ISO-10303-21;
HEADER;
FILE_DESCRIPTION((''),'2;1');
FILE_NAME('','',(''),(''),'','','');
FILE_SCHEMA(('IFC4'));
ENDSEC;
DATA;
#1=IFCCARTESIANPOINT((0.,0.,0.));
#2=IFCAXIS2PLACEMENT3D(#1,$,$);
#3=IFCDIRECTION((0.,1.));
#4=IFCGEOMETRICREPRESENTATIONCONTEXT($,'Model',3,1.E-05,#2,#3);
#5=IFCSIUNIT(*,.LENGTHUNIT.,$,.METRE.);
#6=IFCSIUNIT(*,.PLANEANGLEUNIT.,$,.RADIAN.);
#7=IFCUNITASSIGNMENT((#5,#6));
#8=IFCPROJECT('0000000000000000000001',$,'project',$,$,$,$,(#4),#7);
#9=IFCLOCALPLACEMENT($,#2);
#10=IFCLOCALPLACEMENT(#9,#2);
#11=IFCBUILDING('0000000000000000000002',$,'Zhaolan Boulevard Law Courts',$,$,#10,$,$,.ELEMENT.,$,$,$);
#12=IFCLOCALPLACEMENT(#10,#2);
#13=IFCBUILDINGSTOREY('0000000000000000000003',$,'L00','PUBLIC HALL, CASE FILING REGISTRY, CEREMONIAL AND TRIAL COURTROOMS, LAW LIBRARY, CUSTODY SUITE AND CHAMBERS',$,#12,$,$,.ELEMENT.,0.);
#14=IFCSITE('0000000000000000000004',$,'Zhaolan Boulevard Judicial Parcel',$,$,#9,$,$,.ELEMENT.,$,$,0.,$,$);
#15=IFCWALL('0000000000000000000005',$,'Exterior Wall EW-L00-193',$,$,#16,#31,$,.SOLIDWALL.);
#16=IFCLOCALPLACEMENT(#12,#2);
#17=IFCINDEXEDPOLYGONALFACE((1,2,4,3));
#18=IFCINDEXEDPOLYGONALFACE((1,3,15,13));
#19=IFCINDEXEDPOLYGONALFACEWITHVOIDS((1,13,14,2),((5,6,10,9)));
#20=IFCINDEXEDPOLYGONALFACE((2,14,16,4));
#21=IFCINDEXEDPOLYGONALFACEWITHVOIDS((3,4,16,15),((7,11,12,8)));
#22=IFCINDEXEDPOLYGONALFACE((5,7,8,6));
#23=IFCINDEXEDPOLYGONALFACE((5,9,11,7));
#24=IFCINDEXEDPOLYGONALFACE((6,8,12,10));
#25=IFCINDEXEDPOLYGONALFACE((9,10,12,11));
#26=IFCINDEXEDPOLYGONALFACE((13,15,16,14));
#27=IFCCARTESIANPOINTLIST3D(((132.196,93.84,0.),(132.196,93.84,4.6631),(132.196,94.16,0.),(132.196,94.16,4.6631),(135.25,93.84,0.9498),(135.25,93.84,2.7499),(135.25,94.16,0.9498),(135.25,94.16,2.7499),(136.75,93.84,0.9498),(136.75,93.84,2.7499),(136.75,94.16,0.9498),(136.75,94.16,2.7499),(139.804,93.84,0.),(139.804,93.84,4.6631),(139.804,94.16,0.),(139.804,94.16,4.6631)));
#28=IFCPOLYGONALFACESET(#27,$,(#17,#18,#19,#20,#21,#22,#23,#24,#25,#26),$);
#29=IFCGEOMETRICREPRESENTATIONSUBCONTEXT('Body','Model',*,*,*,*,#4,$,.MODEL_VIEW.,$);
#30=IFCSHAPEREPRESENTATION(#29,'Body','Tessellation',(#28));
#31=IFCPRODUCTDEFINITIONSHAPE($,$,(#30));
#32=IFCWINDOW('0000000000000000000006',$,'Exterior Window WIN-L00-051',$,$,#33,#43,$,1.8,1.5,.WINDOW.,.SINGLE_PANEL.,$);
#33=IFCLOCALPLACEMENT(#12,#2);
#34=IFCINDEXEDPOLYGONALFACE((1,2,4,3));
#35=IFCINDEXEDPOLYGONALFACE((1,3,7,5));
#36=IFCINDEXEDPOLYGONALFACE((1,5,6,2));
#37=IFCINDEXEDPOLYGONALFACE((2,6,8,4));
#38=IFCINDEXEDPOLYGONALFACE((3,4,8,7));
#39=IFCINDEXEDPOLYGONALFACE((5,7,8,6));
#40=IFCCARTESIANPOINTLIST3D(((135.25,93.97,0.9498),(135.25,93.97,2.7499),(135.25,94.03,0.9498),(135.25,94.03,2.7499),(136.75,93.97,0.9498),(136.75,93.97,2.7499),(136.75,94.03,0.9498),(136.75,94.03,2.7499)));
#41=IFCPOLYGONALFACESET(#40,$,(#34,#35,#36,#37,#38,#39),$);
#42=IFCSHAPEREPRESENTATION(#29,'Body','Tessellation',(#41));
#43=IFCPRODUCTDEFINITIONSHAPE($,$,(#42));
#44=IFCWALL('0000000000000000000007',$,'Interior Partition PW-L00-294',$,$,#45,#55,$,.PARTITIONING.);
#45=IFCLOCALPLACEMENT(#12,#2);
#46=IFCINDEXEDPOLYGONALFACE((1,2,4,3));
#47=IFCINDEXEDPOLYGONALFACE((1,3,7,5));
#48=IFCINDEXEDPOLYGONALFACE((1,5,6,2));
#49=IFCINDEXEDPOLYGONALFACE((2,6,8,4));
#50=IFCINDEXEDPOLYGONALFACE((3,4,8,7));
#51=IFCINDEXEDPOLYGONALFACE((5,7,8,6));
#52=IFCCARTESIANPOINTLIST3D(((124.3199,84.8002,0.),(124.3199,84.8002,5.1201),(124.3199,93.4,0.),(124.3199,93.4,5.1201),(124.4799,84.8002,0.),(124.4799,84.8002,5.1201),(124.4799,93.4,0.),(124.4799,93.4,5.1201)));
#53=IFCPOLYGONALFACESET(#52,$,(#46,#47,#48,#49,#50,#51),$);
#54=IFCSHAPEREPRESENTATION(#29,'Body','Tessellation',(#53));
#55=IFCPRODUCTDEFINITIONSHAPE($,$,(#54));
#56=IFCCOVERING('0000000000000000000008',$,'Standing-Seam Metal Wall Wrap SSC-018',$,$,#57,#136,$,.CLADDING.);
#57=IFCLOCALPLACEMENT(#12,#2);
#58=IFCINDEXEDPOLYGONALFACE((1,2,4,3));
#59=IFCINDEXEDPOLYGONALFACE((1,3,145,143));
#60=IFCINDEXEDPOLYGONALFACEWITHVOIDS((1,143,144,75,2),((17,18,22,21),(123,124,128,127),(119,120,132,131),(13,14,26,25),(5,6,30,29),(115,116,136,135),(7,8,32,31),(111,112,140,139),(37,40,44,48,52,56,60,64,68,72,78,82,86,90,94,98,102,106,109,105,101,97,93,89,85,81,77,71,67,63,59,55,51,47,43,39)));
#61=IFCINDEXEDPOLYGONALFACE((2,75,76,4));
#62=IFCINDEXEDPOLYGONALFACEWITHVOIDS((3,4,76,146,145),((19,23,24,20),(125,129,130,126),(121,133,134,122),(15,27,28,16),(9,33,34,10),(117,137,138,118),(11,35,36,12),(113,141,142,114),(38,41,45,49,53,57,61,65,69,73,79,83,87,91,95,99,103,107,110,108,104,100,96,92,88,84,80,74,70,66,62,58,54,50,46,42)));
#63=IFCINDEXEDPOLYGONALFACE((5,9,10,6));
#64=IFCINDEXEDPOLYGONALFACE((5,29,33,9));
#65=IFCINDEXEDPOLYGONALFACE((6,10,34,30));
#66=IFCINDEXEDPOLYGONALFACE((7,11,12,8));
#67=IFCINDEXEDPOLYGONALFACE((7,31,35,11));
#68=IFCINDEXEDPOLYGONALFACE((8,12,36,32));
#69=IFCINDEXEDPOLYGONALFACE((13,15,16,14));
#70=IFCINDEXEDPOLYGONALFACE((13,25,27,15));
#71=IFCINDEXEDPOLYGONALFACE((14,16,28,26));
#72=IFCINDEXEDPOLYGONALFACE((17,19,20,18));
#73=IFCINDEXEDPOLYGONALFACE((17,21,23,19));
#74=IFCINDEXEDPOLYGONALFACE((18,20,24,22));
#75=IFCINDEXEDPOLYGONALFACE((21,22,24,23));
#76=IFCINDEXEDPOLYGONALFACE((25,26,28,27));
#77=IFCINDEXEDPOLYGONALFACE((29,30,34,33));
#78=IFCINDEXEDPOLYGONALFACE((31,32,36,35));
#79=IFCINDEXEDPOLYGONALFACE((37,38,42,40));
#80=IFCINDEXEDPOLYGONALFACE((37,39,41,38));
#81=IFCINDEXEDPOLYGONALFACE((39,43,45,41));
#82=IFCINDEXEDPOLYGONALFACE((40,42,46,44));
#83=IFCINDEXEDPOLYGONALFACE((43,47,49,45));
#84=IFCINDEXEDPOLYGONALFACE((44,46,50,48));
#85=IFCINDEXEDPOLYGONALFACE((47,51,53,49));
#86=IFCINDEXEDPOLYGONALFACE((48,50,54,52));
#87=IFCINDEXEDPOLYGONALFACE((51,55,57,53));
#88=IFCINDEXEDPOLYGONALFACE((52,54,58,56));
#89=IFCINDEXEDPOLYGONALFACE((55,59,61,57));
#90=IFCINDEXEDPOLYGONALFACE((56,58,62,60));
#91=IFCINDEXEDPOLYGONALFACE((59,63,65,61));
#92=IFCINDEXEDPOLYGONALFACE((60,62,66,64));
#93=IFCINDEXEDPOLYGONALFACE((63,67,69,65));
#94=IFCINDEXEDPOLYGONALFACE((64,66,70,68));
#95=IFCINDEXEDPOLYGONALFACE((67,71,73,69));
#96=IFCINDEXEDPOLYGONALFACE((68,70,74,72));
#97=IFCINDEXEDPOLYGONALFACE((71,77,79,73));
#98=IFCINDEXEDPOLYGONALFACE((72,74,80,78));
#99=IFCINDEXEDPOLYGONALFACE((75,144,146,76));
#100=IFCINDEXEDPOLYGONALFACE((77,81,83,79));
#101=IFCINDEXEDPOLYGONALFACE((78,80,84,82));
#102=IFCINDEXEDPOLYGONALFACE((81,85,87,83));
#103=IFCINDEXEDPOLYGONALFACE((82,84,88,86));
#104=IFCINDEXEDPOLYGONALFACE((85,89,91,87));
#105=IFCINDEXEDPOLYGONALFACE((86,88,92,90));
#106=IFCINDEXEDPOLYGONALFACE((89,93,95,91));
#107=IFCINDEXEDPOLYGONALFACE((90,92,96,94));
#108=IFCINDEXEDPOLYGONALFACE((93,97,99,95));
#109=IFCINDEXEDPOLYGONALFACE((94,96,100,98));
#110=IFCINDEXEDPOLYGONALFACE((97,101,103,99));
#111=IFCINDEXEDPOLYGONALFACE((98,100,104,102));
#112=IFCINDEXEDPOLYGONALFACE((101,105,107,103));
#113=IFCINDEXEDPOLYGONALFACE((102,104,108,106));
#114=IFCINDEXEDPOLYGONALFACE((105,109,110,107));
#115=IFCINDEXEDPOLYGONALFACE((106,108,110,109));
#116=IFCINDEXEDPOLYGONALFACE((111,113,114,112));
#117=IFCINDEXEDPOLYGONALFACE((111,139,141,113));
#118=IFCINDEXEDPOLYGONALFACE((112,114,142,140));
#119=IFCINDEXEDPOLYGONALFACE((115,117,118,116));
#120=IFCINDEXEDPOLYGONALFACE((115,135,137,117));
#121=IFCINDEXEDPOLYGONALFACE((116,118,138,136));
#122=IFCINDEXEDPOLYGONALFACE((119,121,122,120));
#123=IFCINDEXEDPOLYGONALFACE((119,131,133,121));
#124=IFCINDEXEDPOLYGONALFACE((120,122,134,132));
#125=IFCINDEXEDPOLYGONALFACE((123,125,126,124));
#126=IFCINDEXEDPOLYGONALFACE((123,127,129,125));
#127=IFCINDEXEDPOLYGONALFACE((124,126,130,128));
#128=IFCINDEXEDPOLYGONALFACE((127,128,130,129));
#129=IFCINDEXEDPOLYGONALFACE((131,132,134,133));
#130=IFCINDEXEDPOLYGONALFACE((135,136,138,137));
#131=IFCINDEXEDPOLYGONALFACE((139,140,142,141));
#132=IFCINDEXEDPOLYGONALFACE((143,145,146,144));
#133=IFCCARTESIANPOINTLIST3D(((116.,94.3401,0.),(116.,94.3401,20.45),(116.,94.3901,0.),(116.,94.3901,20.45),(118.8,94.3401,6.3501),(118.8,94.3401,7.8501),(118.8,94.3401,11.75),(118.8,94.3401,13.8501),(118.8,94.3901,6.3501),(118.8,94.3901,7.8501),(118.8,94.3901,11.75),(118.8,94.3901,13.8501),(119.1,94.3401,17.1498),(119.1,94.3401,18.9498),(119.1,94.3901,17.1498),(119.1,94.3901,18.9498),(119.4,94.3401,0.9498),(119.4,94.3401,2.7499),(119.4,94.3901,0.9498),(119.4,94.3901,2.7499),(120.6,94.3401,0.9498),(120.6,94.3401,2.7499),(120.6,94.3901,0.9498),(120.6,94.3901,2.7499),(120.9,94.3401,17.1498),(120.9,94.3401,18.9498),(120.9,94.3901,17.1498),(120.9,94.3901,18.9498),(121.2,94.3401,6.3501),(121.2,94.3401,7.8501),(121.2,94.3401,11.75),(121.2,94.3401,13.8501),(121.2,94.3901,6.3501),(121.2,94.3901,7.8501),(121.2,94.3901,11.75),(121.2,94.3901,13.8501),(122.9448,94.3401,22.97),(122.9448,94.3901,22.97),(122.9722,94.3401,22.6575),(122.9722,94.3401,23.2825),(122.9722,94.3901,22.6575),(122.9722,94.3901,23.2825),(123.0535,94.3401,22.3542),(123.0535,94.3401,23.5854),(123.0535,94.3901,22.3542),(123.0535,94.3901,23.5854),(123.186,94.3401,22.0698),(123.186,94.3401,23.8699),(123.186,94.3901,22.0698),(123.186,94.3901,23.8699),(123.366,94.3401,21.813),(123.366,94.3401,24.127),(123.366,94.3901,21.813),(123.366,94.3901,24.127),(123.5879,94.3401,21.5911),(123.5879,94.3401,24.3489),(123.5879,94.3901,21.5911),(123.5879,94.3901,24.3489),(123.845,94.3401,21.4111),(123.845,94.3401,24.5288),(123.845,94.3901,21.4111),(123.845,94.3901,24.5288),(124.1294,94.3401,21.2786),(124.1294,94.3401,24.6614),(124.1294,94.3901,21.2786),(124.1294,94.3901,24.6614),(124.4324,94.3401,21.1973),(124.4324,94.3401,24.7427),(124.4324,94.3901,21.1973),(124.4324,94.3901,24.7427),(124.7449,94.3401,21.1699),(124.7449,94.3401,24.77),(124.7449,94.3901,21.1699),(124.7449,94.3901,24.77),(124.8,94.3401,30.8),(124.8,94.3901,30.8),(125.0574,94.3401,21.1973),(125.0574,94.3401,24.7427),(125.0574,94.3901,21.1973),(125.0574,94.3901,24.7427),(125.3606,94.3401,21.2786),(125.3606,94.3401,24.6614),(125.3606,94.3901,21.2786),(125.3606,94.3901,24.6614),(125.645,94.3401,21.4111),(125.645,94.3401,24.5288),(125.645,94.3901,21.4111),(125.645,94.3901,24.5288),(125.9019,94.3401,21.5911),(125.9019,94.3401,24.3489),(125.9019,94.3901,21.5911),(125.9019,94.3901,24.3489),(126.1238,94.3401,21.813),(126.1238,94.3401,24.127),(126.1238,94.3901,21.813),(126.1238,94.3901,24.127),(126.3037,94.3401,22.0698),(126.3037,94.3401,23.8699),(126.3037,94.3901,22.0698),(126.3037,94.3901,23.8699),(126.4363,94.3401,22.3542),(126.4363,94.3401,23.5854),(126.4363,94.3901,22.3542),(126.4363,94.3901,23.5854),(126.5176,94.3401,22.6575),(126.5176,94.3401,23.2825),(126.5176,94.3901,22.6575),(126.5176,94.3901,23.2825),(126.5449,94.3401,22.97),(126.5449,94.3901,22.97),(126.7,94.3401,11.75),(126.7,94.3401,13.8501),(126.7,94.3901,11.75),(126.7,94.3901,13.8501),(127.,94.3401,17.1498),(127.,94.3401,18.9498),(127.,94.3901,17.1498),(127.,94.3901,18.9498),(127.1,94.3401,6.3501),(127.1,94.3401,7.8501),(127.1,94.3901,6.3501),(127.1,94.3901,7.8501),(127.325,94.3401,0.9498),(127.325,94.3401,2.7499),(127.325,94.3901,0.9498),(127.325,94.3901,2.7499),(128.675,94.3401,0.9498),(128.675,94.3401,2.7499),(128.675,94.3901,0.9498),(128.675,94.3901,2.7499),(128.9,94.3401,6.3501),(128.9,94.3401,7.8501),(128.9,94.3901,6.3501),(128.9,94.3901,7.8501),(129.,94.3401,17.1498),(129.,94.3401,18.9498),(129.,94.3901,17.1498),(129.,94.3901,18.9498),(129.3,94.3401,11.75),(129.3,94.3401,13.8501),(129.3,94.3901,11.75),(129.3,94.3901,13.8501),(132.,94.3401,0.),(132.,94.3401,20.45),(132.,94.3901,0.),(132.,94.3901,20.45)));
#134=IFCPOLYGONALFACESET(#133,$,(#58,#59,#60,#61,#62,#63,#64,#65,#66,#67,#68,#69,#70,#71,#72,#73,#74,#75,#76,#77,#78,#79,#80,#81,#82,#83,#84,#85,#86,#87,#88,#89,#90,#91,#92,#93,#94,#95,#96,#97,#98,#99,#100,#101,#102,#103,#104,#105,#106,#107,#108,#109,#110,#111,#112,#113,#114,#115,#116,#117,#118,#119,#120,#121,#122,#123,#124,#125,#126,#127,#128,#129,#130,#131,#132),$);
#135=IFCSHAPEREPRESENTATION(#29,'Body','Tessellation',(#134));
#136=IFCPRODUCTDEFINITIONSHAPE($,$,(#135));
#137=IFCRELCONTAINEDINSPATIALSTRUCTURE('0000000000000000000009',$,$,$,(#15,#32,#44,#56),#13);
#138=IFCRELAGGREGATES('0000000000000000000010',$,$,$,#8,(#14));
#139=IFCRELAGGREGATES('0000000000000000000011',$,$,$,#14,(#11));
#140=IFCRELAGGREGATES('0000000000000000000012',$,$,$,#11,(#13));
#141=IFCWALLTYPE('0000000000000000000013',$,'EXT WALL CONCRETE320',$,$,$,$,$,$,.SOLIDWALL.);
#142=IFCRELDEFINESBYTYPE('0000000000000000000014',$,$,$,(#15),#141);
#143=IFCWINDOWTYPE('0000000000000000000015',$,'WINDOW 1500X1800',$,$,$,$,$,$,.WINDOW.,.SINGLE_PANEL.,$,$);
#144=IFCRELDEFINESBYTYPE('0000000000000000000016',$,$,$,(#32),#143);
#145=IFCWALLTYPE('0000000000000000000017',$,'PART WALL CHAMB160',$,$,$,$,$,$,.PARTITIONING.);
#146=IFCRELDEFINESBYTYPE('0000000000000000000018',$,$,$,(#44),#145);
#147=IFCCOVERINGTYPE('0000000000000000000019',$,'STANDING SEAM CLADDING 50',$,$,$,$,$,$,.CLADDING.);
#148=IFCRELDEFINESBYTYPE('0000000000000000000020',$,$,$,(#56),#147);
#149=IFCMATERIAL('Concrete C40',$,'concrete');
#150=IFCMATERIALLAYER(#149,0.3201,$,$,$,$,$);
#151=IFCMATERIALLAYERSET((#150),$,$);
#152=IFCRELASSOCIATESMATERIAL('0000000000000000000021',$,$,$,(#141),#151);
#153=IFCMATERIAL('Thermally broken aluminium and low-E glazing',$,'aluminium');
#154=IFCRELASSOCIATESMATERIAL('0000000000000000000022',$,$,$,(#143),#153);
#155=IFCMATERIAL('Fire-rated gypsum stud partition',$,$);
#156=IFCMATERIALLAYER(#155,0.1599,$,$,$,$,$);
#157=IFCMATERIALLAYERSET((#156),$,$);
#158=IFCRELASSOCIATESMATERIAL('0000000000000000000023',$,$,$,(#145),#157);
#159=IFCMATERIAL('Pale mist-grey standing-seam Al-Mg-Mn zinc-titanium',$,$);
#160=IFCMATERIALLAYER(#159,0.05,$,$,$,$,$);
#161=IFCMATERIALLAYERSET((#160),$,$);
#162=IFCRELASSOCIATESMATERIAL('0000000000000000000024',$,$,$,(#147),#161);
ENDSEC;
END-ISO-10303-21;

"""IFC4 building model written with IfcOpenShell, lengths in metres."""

from ifc_helpers import new_model, si_unit, direction, frame, frame_2d, origin, place, context, subcontext, project, spatial, polyline, rectangle, outline, extrude, material, layer, layer_set, type_object, element, fill, save


model = new_model("IFC4")

# Units and contexts
model_context = context("Model", 3, precision=1e-05, world=origin(), true_north=direction((0.0, 1.0)))
body_context = subcontext(model_context, "Body", "Model", "MODEL_VIEW")
ifc_project = project(units=[si_unit("LENGTHUNIT", "METRE"), si_unit("PLANEANGLEUNIT", "RADIAN")], contexts=[model_context])

# Site, building, storey
site_placement = place(None, origin())
site = spatial("IfcSite", under=ifc_project, at=site_placement, Name="Zhaolan Boulevard Judicial Parcel", CompositionType="ELEMENT", RefElevation=0.0)
building_placement = place(site_placement, origin())
building = spatial("IfcBuilding", under=site, at=building_placement, Name="Zhaolan Boulevard Law Courts", CompositionType="ELEMENT")
storey_placement = place(building_placement, origin())
storey = spatial("IfcBuildingStorey", under=building, at=storey_placement, Name="L00", Description="PUBLIC HALL, CASE FILING REGISTRY, CEREMONIAL AND TRIAL COURTROOMS, LAW LIBRARY, CUSTODY SUITE AND CHAMBERS", CompositionType="ELEMENT", Elevation=0.0)

# Wall, opening, window
ifc_material_1 = material(Name="Concrete C40", Category="concrete")
ifc_layer_1 = layer(ifc_material_1, 0.3201)
ifc_layer_set_1 = layer_set([ifc_layer_1])
wall_type_1 = type_object("IfcWallType", Name="EXT WALL CONCRETE320", PredefinedType="SOLIDWALL", material=ifc_layer_set_1)
wall_1_placement = place(storey_placement, frame((139.804, 94.0, 0.0), z_axis=(0.0, 0.0, 1.0), x_axis=(-1.0, 0.0, 0.0)))
wall_1 = element("IfcWall", 1, at=wall_1_placement, inside=storey, type_object=wall_type_1, Name="Exterior Wall EW-L00-193", PredefinedType="SOLIDWALL", context=body_context, shape_type="SweptSolid", body=[
    extrude(rectangle(XDim=7.6079, YDim=0.3201, at=frame_2d((3.804, 0.0))), origin(), (0.0, 0.0, 1.0), 4.6631),
])
opening_1_placement = place(wall_1_placement, frame((3.054, 0.0, 0.95)))
opening_1 = element("IfcOpeningElement", 2, at=opening_1_placement, cuts=wall_1, PredefinedType="OPENING", context=body_context, shape_type="SweptSolid", body=[
    extrude(rectangle(XDim=1.5, YDim=1.8, at=frame_2d((0.75, 0.8999))), frame((0.0, 0.1699, 0.0), z_axis=(0.0, -1.0, 0.0), x_axis=(1.0, 0.0, 0.0)), (0.0, 0.0, 1.0), 0.3401),
])
ifc_material_2 = material(Name="Thermally broken aluminium and low-E glazing", Category="aluminium")
window_type_1 = type_object("IfcWindowType", Name="WINDOW 1500X1800", PartitioningType="SINGLE_PANEL", PredefinedType="WINDOW", material=ifc_material_2)
window_1_placement = place(opening_1_placement, origin())
window_1 = element("IfcWindow", 3, at=window_1_placement, inside=storey, type_object=window_type_1, Name="Exterior Window WIN-L00-051", OverallHeight=1.8, OverallWidth=1.5, PartitioningType="SINGLE_PANEL", PredefinedType="WINDOW", context=body_context, shape_type="SweptSolid", body=[
    extrude(rectangle(XDim=1.5, YDim=1.8, at=frame_2d((0.75, 0.8999))), frame((0.0, 0.03, 0.0), z_axis=(0.0, -1.0, 0.0), x_axis=(1.0, 0.0, 0.0)), (0.0, 0.0, 1.0), 0.0601),
])
fill(opening_1, window_1)

# Wall
ifc_material_3 = material(Name="Fire-rated gypsum stud partition")
ifc_layer_2 = layer(ifc_material_3, 0.1599)
ifc_layer_set_2 = layer_set([ifc_layer_2])
wall_type_2 = type_object("IfcWallType", Name="PART WALL CHAMB160", PredefinedType="PARTITIONING", material=ifc_layer_set_2)
wall_2_placement = place(storey_placement, frame((124.3999, 93.3999, 0.0), z_axis=(0.0, 0.0, 1.0), x_axis=(0.0, -1.0, 0.0)))
element("IfcWall", 4, at=wall_2_placement, inside=storey, type_object=wall_type_2, Name="Interior Partition PW-L00-294", PredefinedType="PARTITIONING", context=body_context, shape_type="SweptSolid", body=[
    extrude(rectangle(XDim=8.5999, YDim=0.1599, at=frame_2d((4.2998, 0.0))), origin(), (0.0, 0.0, 1.0), 5.1201),
])

# Covering, openings
ifc_material_4 = material(Name="Pale mist-grey standing-seam Al-Mg-Mn zinc-titanium")
ifc_layer_3 = layer(ifc_material_4, 0.05)
ifc_layer_set_3 = layer_set([ifc_layer_3])
covering_type = type_object("IfcCoveringType", Name="STANDING SEAM CLADDING 50", PredefinedType="CLADDING", material=ifc_layer_set_3)
covering_placement = place(storey_placement, frame((132.0, 94.365, 0.0), z_axis=(0.0, 0.0, 1.0), x_axis=(-1.0, 0.0, 0.0)))
covering = element("IfcCovering", 5, at=covering_placement, inside=storey, type_object=covering_type, Name="Standing-Seam Metal Wall Wrap SSC-018", PredefinedType="CLADDING", context=body_context, shape_type="SweptSolid", body=[
    extrude(outline(polyline([(0.0, 0.0), (16.0, 0.0), (16.0, 20.45), (7.2, 30.8), (0.0, 20.45), (0.0, 0.0)])), frame((0.0, 0.0249, 0.0), z_axis=(0.0, -1.0, 0.0), x_axis=(1.0, 0.0, 0.0)), (0.0, 0.0, 1.0), 0.05),
])
opening_2_placement = place(storey_placement, frame((120.6001, 94.365, 0.95), z_axis=(0.0, 0.0, 1.0), x_axis=(-1.0, 0.0, 0.0)))
element("IfcOpeningElement", 6, at=opening_2_placement, cuts=covering, PredefinedType="OPENING", context=body_context, shape_type="SweptSolid", body=[
    extrude(rectangle(XDim=1.2, YDim=1.8, at=frame_2d((0.6001, 0.8999))), frame((0.0, 0.1499, 0.0), z_axis=(0.0, -1.0, 0.0), x_axis=(1.0, 0.0, 0.0)), (0.0, 0.0, 1.0), 0.3),
])
opening_3_placement = place(storey_placement, frame((128.675, 94.365, 0.95), z_axis=(0.0, 0.0, 1.0), x_axis=(-1.0, 0.0, 0.0)))
element("IfcOpeningElement", 7, at=opening_3_placement, cuts=covering, PredefinedType="OPENING", context=body_context, shape_type="SweptSolid", body=[
    extrude(rectangle(XDim=1.3501, YDim=1.8, at=frame_2d((0.675, 0.8999))), frame((0.0, 0.1499, 0.0), z_axis=(0.0, -1.0, 0.0), x_axis=(1.0, 0.0, 0.0)), (0.0, 0.0, 1.0), 0.3),
])
opening_4_placement = place(storey_placement, frame((121.2, 94.365, 6.3501), z_axis=(0.0, 0.0, 1.0), x_axis=(-1.0, 0.0, 0.0)))
element("IfcOpeningElement", 8, at=opening_4_placement, cuts=covering, PredefinedType="OPENING", context=body_context, shape_type="SweptSolid", body=[
    extrude(rectangle(XDim=2.3999, YDim=1.5, at=frame_2d((1.2, 0.75))), frame((0.0, 0.1499, 0.0), z_axis=(0.0, -1.0, 0.0), x_axis=(1.0, 0.0, 0.0)), (0.0, 0.0, 1.0), 0.3),
])
opening_5_placement = place(storey_placement, frame((128.8999, 94.365, 6.3501), z_axis=(0.0, 0.0, 1.0), x_axis=(-1.0, 0.0, 0.0)))
element("IfcOpeningElement", 9, at=opening_5_placement, cuts=covering, PredefinedType="OPENING", context=body_context, shape_type="SweptSolid", body=[
    extrude(rectangle(XDim=1.8, YDim=1.5, at=frame_2d((0.8999, 0.75))), frame((0.0, 0.1499, 0.0), z_axis=(0.0, -1.0, 0.0), x_axis=(1.0, 0.0, 0.0)), (0.0, 0.0, 1.0), 0.3),
])
opening_6_placement = place(storey_placement, frame((121.2, 94.365, 11.75), z_axis=(0.0, 0.0, 1.0), x_axis=(-1.0, 0.0, 0.0)))
element("IfcOpeningElement", 10, at=opening_6_placement, cuts=covering, PredefinedType="OPENING", context=body_context, shape_type="SweptSolid", body=[
    extrude(rectangle(XDim=2.3999, YDim=2.1001, at=frame_2d((1.2, 1.05))), frame((0.0, 0.1499, 0.0), z_axis=(0.0, -1.0, 0.0), x_axis=(1.0, 0.0, 0.0)), (0.0, 0.0, 1.0), 0.3),
])
opening_7_placement = place(storey_placement, frame((129.3, 94.365, 11.75), z_axis=(0.0, 0.0, 1.0), x_axis=(-1.0, 0.0, 0.0)))
element("IfcOpeningElement", 11, at=opening_7_placement, cuts=covering, PredefinedType="OPENING", context=body_context, shape_type="SweptSolid", body=[
    extrude(rectangle(XDim=2.6001, YDim=2.1001, at=frame_2d((1.3, 1.05))), frame((0.0, 0.1499, 0.0), z_axis=(0.0, -1.0, 0.0), x_axis=(1.0, 0.0, 0.0)), (0.0, 0.0, 1.0), 0.3),
])
opening_8_placement = place(storey_placement, frame((120.8999, 94.365, 17.1499), z_axis=(0.0, 0.0, 1.0), x_axis=(-1.0, 0.0, 0.0)))
element("IfcOpeningElement", 12, at=opening_8_placement, cuts=covering, PredefinedType="OPENING", context=body_context, shape_type="SweptSolid", body=[
    extrude(rectangle(XDim=1.8, YDim=1.8, at=frame_2d((0.8999, 0.8999))), frame((0.0, 0.1499, 0.0), z_axis=(0.0, -1.0, 0.0), x_axis=(1.0, 0.0, 0.0)), (0.0, 0.0, 1.0), 0.3),
])
opening_9_placement = place(storey_placement, frame((129.0, 94.365, 17.1499), z_axis=(0.0, 0.0, 1.0), x_axis=(-1.0, 0.0, 0.0)))
element("IfcOpeningElement", 13, at=opening_9_placement, cuts=covering, PredefinedType="OPENING", context=body_context, shape_type="SweptSolid", body=[
    extrude(rectangle(XDim=2.0, YDim=1.8, at=frame_2d((1.0, 0.8999))), frame((0.0, 0.1499, 0.0), z_axis=(0.0, -1.0, 0.0), x_axis=(1.0, 0.0, 0.0)), (0.0, 0.0, 1.0), 0.3),
])
opening_10_placement = place(storey_placement, frame((126.5449, 94.365, 21.1699), z_axis=(0.0, 0.0, 1.0), x_axis=(-1.0, 0.0, 0.0)))
element("IfcOpeningElement", 14, at=opening_10_placement, cuts=covering, PredefinedType="OPENING", context=body_context, shape_type="SweptSolid", body=[
    extrude(outline(polyline([(3.6001, 1.8), (3.5728, 2.1125), (3.4915, 2.4155), (3.3589, 2.7), (3.179, 2.957), (2.957, 3.179), (2.7, 3.3589), (2.4155, 3.4915), (2.1125, 3.5728), (1.8, 3.6001), (1.4875, 3.5728), (1.1843, 3.4915), (0.8999, 3.3589), (0.6431, 3.179), (0.4211, 2.957), (0.2412, 2.7), (0.1086, 2.4155), (0.0273, 2.1125), (0.0, 1.8), (0.0273, 1.4875), (0.1086, 1.1843), (0.2412, 0.8999), (0.4211, 0.6431), (0.6431, 0.4211), (0.8999, 0.2412), (1.1843, 0.1086), (1.4875, 0.0273), (1.8, 0.0), (2.1125, 0.0273), (2.4155, 0.1086), (2.7, 0.2412), (2.957, 0.4211), (3.179, 0.6431), (3.3589, 0.8999), (3.4915, 1.1843), (3.5728, 1.4875), (3.6001, 1.8)])), frame((0.0, 0.1499, 0.0), z_axis=(0.0, -1.0, 0.0), x_axis=(1.0, 0.0, 0.0)), (0.0, 0.0, 1.0), 0.3),
])

save(model, "model.ifc")
